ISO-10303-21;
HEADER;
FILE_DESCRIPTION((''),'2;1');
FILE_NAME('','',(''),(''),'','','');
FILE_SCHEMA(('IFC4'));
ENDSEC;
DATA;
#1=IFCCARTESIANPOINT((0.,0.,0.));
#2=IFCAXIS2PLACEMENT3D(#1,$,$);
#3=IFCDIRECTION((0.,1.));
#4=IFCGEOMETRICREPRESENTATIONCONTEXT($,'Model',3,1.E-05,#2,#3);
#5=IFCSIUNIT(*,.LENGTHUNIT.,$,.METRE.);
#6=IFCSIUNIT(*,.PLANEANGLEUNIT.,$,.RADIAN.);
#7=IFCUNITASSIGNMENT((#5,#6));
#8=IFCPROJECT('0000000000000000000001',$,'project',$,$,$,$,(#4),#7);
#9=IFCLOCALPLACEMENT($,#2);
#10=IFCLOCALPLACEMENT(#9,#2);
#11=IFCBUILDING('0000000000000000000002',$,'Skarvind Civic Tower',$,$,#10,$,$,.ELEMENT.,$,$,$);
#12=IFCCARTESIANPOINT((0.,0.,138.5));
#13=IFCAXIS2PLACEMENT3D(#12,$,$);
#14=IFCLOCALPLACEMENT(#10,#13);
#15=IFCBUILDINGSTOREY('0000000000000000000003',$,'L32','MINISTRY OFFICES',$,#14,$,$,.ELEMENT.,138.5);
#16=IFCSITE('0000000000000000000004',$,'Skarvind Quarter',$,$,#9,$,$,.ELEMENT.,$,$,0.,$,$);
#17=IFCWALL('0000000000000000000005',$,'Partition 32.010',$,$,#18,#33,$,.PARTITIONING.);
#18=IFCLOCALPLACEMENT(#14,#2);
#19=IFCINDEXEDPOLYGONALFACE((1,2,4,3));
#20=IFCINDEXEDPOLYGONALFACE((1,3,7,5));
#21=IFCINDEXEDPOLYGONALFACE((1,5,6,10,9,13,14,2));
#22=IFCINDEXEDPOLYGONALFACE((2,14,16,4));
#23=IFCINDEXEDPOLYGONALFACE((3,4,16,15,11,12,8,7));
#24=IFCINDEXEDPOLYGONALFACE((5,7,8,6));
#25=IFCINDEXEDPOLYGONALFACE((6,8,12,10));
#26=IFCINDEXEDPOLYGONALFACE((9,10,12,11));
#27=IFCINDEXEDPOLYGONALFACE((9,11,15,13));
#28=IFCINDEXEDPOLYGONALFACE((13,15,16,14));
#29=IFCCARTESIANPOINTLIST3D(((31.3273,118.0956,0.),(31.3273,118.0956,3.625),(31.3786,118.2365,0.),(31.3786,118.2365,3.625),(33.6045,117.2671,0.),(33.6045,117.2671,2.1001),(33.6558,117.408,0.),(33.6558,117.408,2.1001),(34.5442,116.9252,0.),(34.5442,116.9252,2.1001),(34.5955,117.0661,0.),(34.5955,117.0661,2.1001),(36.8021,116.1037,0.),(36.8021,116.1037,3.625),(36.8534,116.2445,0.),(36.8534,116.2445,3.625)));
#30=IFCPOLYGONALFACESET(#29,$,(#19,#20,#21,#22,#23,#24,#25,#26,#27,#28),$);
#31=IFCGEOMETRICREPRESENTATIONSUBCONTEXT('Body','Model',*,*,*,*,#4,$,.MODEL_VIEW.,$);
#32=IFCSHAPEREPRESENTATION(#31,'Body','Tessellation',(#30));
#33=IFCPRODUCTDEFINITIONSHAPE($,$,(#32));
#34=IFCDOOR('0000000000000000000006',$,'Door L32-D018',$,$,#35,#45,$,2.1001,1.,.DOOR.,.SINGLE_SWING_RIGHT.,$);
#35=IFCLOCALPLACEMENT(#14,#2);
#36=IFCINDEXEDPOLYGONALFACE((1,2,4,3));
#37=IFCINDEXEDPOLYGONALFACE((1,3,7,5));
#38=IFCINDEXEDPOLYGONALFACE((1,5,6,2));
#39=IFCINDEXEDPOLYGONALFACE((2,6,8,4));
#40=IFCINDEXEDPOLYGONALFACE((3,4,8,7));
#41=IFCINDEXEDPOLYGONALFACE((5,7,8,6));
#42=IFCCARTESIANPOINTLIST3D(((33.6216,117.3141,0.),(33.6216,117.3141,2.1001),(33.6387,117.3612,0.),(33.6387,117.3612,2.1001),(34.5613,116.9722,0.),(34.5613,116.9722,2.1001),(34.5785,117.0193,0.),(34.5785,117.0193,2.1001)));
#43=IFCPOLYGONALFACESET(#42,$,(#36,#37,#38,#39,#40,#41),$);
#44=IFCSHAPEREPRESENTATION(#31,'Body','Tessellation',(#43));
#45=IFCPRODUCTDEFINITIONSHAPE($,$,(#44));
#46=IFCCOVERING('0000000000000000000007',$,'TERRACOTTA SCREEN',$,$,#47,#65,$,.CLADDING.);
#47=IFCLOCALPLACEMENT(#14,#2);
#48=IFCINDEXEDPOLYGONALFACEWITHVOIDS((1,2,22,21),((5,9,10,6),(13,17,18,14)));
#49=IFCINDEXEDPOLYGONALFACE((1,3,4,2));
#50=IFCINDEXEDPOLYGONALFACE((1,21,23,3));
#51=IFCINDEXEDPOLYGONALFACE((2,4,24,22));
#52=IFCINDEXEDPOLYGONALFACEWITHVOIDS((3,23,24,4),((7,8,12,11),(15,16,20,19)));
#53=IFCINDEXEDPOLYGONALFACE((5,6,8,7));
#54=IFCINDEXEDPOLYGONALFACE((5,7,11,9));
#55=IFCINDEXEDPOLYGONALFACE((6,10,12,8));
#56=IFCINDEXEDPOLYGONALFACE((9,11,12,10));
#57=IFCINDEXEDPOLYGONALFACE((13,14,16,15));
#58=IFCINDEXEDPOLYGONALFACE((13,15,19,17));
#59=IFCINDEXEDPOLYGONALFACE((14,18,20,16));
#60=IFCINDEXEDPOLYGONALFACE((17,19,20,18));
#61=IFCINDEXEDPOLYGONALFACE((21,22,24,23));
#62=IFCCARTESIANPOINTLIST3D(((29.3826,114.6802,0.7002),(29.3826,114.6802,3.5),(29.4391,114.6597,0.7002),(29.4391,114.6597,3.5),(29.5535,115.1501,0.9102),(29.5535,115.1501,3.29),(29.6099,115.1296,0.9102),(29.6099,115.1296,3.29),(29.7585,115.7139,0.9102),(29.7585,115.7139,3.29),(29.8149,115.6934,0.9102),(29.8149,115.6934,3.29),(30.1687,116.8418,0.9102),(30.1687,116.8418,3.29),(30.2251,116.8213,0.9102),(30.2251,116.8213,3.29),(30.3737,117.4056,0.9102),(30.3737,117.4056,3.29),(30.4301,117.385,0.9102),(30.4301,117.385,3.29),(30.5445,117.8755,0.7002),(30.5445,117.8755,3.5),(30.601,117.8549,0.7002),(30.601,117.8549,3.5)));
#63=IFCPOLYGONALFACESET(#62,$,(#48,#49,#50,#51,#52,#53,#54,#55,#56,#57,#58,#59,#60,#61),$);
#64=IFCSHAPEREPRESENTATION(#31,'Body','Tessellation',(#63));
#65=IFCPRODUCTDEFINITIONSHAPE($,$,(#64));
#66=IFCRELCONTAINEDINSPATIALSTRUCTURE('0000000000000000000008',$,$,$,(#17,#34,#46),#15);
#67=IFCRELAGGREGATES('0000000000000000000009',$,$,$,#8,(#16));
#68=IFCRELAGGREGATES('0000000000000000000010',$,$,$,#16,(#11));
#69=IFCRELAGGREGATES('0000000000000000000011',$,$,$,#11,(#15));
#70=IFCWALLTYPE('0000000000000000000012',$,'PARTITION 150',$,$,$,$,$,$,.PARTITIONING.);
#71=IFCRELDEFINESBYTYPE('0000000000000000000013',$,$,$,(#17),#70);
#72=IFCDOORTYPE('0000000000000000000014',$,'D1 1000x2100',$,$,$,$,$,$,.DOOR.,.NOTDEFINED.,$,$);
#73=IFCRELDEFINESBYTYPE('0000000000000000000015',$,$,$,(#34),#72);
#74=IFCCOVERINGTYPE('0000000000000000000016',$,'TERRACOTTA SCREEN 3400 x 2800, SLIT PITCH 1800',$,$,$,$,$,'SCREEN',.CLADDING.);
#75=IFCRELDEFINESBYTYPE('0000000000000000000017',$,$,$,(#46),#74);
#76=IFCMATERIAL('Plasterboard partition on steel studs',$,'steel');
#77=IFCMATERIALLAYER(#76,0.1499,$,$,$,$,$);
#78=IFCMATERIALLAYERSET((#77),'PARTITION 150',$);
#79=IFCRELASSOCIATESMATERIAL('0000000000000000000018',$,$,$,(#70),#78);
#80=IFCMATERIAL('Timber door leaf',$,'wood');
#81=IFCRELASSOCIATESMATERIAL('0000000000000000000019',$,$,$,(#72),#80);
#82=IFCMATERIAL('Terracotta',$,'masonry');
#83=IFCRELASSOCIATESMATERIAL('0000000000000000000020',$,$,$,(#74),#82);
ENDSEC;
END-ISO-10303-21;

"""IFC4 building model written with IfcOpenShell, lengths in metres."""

from ifc_helpers import new_model, si_unit, direction, frame, frame_2d, origin, place, context, subcontext, project, spatial, polyline, rectangle, outline, extrude, material, layer, layer_set, material_profile, profile_set, type_object, element, fill, save


model = new_model("IFC4")

# Units and contexts
model_context = context("Model", 3, precision=1e-05, world=origin(), true_north=direction((0.0, 1.0)))
body_context = subcontext(model_context, "Body", "Model", "MODEL_VIEW")
ifc_project = project(units=[si_unit("LENGTHUNIT", "METRE"), si_unit("PLANEANGLEUNIT", "RADIAN")], contexts=[model_context])

# Site, building, storey
site_placement = place(None, origin())
site = spatial("IfcSite", under=ifc_project, at=site_placement, Name="Skarvind Quarter", CompositionType="ELEMENT", RefElevation=0.0)
building_placement = place(site_placement, origin())
building = spatial("IfcBuilding", under=site, at=building_placement, Name="Skarvind Civic Tower", CompositionType="ELEMENT")
storey_placement = place(building_placement, frame((0.0, 0.0, 138.5)))
storey = spatial("IfcBuildingStorey", under=building, at=storey_placement, Name="L32", Description="MINISTRY OFFICES", CompositionType="ELEMENT", Elevation=138.5)

# Shared definitions
ifc_material_1 = material(Name="Plasterboard partition on steel studs", Category="steel")
ifc_layer_1 = layer(ifc_material_1, 0.1499)
ifc_layer_set_1 = layer_set([ifc_layer_1], Name="PARTITION 150")
wall_type_1 = type_object("IfcWallType", Name="PARTITION 150", PredefinedType="PARTITIONING", material=ifc_layer_set_1)

# Shared definitions
ifc_material_2 = material(Name="Timber door leaf", Category="wood")
door_type = type_object("IfcDoorType", Name="D1 1000x2100", OperationType="NOTDEFINED", PredefinedType="DOOR", material=ifc_material_2)

# Wall, opening, door
wall_1_placement = place(storey_placement, frame((36.8279, 116.1741, 0.0), z_axis=(0.0, 0.0, 1.0), x_axis=(-0.939733, 0.341908, 0.0)))
wall_1 = element("IfcWall", 1, at=wall_1_placement, inside=storey, type_object=wall_type_1, Name="Partition 32.010", PredefinedType="PARTITIONING", context=body_context, shape_type="SweptSolid", body=[
    extrude(rectangle(XDim=5.8259, YDim=0.1499, at=frame_2d((2.9131, 0.0))), origin(), (0.0, 0.0, 1.0), 3.625),
])
opening_1_placement = place(wall_1_placement, frame((2.4028, 0.0, 0.0)))
opening_1 = element("IfcOpeningElement", 2, at=opening_1_placement, cuts=wall_1, PredefinedType="OPENING", context=body_context, shape_type="SweptSolid", body=[
    extrude(rectangle(XDim=1.0, YDim=2.1001, at=frame_2d((0.5, 1.05))), frame((0.0, 0.085, 0.0), z_axis=(0.0, -1.0, 0.0), x_axis=(1.0, 0.0, 0.0)), (0.0, 0.0, 1.0), 0.1699),
])
door_1_placement = place(opening_1_placement, origin())
door_1 = element("IfcDoor", 3, at=door_1_placement, inside=storey, type_object=door_type, Name="Door L32-D018", OperationType="SINGLE_SWING_RIGHT", OverallHeight=2.1001, OverallWidth=1.0, PredefinedType="DOOR", context=body_context, shape_type="SweptSolid", body=[
    extrude(rectangle(XDim=1.0, YDim=2.1001, at=frame_2d((0.5, 1.05))), frame((0.0, 0.0249, 0.0), z_axis=(0.0, -1.0, 0.0), x_axis=(1.0, 0.0, 0.0)), (0.0, 0.0, 1.0), 0.05),
])
fill(opening_1, door_1)

# Covering
ifc_material_3 = material(Name="Terracotta", Category="masonry")
ifc_material_profile_1 = material_profile(ifc_material_3, outline(polyline([(-1.7, -1.3999), (1.7, -1.3999), (1.7, 1.3999), (-1.7, 1.3999), (-1.7, -1.3999)]), holes=[polyline([(-1.2, -1.1899), (-0.6001, -1.1899), (-0.6001, 1.1899), (-1.2, 1.1899), (-1.2, -1.1899)]), polyline([(0.6001, -1.1899), (1.2, -1.1899), (1.2, 1.1899), (0.6001, 1.1899), (0.6001, -1.1899)])]), Name="TERRACOTTA SCREEN 3400 x 2800, SLIT PITCH 1800")
ifc_profile_set_1 = profile_set([ifc_material_profile_1], Name="Terracotta")
covering_type = type_object("IfcCoveringType", Name="TERRACOTTA SCREEN 3400 x 2800, SLIT PITCH 1800", ElementType="SCREEN", PredefinedType="CLADDING", material=ifc_profile_set_1)
covering_placement = place(storey_placement, frame((30.02, 116.2573, 2.1001), z_axis=(-0.939793, 0.341743, 0.0), x_axis=(-0.341743, -0.939793, 0.0)))
element("IfcCovering", 4, at=covering_placement, inside=storey, type_object=covering_type, Name="TERRACOTTA SCREEN", PredefinedType="CLADDING", context=body_context, shape_type="SweptSolid", body=[
    extrude(outline(polyline([(-1.7, -1.3999), (1.7, -1.3999), (1.7, 1.3999), (-1.7, 1.3999), (-1.7, -1.3999)]), holes=[polyline([(-1.2, -1.1899), (-0.6001, -1.1899), (-0.6001, 1.1899), (-1.2, 1.1899), (-1.2, -1.1899)]), polyline([(0.6001, -1.1899), (1.2, -1.1899), (1.2, 1.1899), (0.6001, 1.1899), (0.6001, -1.1899)])]), origin(), (0.0, 0.0, 1.0), 0.0601),
])

save(model, "model.ifc")
